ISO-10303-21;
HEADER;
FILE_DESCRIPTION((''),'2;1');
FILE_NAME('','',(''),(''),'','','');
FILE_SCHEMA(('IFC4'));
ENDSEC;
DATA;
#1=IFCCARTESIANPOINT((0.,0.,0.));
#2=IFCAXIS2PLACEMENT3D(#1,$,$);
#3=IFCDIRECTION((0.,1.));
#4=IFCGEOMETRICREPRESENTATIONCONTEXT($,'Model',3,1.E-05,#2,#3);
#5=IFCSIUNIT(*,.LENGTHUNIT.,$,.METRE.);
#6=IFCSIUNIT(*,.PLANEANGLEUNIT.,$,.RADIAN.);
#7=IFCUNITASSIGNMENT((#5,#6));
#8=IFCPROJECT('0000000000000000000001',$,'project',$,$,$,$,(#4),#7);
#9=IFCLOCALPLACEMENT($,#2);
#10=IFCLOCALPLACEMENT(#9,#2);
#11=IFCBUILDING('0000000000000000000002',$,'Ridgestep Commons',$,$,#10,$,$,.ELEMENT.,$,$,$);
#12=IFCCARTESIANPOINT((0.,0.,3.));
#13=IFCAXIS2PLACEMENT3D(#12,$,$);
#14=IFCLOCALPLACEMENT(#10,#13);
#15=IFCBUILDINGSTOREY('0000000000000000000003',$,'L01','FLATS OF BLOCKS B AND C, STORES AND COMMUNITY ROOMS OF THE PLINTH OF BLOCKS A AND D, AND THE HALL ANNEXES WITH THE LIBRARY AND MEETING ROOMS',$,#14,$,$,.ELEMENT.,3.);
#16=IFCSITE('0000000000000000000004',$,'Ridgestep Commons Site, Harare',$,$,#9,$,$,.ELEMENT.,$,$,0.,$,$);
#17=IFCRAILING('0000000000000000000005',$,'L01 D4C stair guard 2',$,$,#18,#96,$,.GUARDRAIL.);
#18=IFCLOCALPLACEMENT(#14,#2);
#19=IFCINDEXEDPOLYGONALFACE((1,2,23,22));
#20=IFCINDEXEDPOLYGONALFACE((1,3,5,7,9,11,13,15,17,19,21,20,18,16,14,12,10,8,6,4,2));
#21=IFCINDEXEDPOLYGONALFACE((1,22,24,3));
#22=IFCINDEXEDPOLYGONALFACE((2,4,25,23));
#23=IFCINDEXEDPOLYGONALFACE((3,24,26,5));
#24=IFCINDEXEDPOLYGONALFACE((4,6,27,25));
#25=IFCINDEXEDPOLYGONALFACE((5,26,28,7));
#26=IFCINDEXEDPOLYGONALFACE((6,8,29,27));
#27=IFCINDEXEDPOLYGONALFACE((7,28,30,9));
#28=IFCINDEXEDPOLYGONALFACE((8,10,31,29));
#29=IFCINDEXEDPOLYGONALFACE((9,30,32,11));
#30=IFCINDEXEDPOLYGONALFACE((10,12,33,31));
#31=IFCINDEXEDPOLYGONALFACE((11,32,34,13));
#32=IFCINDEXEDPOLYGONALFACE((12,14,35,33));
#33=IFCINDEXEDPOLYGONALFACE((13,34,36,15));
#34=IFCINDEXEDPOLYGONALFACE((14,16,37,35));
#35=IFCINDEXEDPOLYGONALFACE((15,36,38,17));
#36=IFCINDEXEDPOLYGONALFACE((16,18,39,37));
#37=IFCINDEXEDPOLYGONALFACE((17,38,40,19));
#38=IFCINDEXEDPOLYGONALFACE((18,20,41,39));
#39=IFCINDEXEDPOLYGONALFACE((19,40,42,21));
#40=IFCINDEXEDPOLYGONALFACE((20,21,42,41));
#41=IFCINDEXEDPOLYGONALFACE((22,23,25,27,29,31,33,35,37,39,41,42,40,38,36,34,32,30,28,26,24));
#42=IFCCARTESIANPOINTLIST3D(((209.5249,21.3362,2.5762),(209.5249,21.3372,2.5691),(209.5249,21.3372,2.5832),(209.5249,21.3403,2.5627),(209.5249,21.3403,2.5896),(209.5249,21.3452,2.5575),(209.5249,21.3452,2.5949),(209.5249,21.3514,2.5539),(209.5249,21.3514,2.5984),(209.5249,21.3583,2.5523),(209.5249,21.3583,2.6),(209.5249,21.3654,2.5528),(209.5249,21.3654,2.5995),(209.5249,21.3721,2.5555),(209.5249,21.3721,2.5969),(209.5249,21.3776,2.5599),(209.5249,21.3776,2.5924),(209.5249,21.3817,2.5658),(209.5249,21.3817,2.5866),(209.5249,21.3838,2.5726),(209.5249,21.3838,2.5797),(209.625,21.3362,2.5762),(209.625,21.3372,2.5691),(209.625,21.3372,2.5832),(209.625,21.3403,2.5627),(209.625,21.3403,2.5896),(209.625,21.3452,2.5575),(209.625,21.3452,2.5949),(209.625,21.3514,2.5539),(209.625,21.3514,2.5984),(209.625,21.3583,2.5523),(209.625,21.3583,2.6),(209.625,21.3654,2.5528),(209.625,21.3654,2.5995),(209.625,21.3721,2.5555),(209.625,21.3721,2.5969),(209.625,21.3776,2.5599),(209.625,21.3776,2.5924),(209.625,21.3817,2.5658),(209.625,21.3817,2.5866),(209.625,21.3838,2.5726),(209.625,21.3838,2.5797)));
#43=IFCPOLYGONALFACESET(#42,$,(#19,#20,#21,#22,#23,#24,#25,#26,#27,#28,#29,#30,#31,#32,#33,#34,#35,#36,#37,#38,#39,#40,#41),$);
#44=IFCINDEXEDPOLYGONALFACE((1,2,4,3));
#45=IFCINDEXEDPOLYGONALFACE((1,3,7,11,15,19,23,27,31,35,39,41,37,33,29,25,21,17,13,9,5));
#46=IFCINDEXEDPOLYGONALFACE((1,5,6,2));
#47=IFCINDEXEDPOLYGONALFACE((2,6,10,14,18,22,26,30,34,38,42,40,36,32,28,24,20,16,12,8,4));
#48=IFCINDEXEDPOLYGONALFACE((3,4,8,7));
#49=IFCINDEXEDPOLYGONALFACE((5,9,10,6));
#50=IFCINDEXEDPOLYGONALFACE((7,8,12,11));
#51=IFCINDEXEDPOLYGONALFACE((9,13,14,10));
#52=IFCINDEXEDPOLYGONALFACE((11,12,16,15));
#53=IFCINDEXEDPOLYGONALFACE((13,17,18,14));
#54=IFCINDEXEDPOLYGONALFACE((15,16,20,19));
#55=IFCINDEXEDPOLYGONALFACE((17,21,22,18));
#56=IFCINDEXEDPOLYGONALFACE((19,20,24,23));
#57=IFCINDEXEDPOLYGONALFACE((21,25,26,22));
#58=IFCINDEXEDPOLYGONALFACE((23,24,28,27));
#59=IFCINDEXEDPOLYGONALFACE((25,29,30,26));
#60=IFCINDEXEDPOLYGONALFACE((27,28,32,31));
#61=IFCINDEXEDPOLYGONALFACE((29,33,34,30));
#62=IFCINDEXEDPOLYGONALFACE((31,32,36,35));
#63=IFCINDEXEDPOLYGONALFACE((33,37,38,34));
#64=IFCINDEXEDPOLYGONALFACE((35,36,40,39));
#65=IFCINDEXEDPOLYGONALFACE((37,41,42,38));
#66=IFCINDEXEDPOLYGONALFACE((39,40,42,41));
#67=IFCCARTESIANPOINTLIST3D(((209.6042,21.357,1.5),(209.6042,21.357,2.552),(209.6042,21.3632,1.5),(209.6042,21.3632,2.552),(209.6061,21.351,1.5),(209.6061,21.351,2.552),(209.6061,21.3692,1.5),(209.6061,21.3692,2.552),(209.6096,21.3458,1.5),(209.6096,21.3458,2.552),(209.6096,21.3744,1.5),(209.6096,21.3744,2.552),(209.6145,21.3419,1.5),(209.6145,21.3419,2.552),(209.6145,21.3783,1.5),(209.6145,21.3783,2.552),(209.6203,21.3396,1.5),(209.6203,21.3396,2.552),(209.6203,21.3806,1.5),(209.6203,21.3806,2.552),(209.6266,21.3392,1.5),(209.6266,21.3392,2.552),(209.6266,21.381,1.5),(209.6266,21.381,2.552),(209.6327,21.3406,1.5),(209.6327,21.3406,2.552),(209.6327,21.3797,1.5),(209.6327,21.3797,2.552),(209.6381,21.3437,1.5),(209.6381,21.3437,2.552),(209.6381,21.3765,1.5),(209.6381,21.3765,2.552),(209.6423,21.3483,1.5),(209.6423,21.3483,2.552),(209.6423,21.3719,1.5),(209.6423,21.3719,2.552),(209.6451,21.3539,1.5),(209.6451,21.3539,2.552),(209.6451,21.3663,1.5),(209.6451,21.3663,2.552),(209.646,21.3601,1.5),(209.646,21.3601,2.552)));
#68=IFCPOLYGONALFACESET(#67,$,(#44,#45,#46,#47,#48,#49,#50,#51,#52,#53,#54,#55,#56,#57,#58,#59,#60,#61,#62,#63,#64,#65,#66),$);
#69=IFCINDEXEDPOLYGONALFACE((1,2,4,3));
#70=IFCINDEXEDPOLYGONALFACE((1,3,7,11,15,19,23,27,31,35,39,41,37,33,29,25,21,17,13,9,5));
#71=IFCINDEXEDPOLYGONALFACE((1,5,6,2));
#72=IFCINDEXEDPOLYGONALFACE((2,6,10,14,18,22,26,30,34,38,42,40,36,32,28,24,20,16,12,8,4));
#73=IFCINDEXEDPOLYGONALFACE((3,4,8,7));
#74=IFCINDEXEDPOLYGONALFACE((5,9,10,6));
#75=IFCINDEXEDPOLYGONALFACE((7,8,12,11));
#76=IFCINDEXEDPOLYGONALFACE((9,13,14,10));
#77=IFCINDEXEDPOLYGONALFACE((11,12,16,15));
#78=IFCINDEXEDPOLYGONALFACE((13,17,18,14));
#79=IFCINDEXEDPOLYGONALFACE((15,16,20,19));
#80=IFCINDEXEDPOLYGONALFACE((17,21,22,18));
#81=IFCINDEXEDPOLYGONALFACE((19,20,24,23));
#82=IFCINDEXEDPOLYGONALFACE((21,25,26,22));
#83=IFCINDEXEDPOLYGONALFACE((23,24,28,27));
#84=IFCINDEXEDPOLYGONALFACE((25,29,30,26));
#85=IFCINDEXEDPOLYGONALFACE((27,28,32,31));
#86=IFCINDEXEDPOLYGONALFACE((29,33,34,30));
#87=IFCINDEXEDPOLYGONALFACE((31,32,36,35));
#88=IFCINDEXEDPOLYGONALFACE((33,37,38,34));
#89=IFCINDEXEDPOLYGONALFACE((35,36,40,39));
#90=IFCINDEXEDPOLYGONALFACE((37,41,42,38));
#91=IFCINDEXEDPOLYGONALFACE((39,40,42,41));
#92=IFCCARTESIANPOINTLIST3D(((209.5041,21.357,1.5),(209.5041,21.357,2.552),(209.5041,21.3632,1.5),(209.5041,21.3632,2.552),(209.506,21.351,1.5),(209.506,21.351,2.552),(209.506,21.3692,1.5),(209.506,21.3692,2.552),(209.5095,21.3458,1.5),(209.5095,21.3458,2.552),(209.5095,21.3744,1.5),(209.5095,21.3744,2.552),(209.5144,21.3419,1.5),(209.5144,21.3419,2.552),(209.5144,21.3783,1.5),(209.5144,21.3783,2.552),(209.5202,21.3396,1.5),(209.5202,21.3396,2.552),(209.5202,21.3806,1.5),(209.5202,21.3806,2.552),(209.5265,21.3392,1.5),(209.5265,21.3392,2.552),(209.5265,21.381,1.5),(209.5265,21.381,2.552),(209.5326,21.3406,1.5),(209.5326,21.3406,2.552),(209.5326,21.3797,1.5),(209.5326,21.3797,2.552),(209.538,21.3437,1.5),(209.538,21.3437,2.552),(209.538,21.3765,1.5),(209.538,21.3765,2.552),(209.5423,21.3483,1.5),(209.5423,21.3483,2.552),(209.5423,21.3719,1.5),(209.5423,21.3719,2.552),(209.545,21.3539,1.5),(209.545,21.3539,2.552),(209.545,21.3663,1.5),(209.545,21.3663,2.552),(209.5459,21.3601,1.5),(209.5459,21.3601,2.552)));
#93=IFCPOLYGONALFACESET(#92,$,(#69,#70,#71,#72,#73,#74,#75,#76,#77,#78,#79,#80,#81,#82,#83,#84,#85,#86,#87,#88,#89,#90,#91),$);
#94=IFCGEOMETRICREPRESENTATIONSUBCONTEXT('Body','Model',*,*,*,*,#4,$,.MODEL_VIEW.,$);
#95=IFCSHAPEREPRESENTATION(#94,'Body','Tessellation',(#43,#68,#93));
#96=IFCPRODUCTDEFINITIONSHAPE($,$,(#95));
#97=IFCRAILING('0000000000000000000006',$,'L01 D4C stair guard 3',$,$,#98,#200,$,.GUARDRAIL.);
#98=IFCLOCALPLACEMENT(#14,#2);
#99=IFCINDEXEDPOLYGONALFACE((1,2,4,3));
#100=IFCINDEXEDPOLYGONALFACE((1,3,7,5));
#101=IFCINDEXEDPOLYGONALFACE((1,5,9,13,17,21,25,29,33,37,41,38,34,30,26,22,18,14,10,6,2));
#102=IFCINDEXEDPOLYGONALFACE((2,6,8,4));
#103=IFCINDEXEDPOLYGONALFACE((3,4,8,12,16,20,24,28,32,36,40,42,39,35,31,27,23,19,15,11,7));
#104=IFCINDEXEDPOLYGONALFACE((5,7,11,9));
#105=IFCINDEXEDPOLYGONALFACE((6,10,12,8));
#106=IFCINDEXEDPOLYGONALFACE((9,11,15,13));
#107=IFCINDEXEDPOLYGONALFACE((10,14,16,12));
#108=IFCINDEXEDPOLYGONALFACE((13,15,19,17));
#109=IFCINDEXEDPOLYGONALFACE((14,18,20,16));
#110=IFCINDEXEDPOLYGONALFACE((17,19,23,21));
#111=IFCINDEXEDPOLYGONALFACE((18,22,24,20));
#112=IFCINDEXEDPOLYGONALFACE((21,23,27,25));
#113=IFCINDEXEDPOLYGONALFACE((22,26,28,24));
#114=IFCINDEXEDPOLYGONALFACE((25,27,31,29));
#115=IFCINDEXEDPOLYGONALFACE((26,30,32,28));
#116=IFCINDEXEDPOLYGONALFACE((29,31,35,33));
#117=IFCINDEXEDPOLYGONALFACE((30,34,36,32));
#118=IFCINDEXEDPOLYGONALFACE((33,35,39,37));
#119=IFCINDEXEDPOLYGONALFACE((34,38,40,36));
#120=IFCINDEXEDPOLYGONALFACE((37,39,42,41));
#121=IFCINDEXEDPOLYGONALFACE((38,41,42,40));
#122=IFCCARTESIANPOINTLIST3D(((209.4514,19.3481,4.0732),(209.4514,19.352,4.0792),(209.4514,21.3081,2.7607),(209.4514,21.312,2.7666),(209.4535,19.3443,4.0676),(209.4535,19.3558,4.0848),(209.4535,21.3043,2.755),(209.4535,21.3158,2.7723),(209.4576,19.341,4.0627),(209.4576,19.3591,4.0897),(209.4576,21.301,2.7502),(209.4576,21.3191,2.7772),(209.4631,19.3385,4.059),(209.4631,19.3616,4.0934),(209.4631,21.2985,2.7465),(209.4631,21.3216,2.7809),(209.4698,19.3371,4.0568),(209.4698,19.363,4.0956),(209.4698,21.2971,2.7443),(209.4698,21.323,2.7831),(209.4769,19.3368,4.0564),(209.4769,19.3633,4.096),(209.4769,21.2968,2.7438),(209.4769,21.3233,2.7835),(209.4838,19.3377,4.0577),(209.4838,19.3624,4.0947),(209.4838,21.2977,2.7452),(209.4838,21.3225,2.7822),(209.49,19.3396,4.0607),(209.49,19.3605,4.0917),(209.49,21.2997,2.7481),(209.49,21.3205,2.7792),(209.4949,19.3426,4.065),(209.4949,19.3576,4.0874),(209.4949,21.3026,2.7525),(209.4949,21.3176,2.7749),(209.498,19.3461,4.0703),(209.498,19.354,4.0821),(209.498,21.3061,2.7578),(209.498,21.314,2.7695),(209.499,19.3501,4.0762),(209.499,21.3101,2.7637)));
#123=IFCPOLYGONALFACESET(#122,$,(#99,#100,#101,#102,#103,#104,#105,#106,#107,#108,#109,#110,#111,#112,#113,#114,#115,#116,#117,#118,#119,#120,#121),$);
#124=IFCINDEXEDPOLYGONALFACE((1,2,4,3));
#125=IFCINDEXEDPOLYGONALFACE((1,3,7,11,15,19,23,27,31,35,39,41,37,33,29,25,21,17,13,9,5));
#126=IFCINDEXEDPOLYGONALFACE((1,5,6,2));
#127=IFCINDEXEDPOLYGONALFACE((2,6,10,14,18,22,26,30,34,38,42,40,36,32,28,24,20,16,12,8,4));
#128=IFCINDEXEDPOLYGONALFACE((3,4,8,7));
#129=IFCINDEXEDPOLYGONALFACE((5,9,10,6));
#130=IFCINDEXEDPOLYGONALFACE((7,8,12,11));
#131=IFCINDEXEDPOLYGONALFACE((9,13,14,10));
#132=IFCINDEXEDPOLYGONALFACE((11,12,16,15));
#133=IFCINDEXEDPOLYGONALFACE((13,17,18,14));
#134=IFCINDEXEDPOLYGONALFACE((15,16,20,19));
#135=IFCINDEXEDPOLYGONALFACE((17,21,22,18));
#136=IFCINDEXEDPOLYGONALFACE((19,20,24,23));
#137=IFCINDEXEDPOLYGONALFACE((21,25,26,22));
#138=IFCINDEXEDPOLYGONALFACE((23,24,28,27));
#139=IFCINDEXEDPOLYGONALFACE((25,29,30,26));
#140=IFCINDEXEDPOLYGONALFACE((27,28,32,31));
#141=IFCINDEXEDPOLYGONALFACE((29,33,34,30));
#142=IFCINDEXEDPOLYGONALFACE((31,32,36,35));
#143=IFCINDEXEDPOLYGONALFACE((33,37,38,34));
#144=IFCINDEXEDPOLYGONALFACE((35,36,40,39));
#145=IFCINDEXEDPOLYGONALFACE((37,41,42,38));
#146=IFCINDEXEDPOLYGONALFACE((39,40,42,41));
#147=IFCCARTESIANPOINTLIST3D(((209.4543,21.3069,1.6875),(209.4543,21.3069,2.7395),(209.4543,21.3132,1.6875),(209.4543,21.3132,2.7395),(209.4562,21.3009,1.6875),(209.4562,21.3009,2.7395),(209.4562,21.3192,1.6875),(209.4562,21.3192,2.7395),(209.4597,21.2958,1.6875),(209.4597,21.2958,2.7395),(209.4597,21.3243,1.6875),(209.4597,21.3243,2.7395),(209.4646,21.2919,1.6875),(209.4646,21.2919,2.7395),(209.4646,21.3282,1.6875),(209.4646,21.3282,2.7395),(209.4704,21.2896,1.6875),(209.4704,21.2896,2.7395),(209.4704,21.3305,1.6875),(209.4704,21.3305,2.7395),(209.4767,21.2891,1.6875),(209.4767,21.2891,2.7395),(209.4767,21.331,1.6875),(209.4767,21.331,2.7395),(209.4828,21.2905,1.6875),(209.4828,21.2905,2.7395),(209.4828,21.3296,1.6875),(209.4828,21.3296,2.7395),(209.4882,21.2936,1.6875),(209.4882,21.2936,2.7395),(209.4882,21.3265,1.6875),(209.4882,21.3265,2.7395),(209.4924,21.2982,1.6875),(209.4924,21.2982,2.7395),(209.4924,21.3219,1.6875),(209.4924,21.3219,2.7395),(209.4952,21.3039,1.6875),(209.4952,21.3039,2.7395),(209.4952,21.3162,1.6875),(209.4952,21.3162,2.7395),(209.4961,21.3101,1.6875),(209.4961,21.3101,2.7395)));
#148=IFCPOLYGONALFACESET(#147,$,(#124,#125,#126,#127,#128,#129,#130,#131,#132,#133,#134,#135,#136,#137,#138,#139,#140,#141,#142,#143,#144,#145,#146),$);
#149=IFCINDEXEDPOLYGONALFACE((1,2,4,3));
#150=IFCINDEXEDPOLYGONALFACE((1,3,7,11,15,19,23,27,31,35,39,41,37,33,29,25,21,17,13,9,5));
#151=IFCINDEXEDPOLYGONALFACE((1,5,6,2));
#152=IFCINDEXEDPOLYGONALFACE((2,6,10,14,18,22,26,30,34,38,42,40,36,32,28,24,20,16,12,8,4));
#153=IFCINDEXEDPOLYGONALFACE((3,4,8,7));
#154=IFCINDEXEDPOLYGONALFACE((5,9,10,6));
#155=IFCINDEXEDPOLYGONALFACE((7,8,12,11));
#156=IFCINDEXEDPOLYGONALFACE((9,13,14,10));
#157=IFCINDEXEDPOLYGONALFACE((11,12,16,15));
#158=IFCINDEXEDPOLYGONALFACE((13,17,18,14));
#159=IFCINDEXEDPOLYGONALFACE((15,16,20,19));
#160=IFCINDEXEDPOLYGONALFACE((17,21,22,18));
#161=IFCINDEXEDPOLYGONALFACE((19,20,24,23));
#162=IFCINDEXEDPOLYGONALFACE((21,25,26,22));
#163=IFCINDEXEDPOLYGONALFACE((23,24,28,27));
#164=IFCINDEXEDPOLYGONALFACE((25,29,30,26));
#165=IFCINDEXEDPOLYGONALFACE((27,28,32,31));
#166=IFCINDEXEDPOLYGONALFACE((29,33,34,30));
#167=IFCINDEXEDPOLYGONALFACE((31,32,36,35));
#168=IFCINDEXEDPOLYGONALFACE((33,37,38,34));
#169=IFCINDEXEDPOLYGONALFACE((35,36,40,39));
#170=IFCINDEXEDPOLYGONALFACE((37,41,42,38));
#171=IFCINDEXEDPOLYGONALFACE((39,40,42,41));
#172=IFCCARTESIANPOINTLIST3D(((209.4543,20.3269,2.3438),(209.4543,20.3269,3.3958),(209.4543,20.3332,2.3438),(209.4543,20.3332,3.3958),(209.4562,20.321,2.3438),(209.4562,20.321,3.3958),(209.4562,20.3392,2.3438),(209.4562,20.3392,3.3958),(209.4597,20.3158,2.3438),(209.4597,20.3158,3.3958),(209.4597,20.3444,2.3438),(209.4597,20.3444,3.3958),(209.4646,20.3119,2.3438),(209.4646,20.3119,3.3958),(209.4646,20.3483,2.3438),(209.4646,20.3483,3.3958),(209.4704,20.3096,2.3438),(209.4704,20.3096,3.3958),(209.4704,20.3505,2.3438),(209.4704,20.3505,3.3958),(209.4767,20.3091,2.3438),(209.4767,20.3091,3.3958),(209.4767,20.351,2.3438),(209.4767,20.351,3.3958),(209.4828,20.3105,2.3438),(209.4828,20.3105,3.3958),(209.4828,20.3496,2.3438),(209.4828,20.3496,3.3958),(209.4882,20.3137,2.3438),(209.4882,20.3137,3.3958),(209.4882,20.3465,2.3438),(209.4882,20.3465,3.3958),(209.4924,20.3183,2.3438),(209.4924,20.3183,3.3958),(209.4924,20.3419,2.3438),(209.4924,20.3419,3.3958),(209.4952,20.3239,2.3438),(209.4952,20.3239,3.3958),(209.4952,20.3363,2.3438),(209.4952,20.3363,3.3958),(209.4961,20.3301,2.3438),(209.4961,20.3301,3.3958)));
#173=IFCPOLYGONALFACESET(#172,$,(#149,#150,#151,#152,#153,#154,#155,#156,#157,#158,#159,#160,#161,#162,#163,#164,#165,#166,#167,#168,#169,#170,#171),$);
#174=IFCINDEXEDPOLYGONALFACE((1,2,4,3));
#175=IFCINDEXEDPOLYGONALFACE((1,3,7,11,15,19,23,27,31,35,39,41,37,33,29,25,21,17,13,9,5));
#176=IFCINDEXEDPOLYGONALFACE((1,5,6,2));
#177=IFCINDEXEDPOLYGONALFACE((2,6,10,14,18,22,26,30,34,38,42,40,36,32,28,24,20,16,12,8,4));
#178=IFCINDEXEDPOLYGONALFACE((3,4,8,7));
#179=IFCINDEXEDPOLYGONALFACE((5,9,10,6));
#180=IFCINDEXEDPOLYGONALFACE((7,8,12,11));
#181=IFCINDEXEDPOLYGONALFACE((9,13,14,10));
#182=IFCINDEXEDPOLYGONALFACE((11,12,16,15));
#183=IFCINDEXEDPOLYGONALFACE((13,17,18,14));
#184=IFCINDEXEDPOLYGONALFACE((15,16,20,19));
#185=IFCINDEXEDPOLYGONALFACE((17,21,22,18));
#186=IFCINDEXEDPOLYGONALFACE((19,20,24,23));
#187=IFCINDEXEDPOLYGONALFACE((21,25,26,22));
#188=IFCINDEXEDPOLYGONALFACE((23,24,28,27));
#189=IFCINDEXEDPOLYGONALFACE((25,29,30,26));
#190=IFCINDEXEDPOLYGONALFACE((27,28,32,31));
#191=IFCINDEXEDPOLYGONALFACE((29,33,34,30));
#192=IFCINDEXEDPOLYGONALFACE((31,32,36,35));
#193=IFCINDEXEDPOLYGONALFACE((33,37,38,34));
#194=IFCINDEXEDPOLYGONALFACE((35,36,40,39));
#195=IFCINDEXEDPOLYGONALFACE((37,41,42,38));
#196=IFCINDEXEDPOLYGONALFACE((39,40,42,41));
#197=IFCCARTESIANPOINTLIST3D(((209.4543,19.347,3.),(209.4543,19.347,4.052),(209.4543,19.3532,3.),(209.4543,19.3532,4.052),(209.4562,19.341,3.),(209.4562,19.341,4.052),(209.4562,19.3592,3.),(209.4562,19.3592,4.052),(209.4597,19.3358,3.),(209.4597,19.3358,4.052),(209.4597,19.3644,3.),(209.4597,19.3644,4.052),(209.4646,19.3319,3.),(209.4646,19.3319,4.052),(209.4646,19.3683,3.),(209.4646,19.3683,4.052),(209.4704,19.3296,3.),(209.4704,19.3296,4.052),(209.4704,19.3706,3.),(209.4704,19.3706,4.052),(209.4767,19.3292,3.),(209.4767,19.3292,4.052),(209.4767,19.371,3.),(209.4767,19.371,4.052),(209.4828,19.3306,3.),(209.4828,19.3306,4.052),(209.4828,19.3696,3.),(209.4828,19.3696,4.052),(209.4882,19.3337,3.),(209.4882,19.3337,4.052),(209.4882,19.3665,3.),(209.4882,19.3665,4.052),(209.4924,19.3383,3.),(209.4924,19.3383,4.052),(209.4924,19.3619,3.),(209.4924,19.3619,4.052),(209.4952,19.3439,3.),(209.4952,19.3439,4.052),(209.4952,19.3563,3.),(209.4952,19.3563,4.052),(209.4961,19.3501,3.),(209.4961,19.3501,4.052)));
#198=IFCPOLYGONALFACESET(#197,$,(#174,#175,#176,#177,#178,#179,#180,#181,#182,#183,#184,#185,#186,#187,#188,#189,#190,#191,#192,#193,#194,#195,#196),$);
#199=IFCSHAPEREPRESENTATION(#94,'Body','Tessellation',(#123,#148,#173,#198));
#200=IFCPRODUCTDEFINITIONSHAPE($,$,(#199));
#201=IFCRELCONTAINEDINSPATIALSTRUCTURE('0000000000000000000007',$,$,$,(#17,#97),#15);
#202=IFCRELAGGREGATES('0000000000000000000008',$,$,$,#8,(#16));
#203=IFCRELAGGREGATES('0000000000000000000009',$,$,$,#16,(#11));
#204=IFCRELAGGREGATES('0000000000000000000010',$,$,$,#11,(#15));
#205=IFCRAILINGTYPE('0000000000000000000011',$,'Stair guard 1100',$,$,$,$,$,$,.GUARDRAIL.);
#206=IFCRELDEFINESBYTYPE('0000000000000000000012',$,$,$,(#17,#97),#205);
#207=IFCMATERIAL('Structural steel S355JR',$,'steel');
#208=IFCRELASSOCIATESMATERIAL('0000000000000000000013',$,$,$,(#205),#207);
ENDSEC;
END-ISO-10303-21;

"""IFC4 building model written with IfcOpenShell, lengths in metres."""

from ifc_helpers import new_model, si_unit, direction, frame, origin, origin_2d, place, context, subcontext, project, spatial, circle, extrude, material, type_object, element, save


model = new_model("IFC4")

# Units and contexts
model_context = context("Model", 3, precision=1e-05, world=origin(), true_north=direction((0.0, 1.0)))
body_context = subcontext(model_context, "Body", "Model", "MODEL_VIEW")
ifc_project = project(units=[si_unit("LENGTHUNIT", "METRE"), si_unit("PLANEANGLEUNIT", "RADIAN")], contexts=[model_context])

# Site, building, storey
site_placement = place(None, origin())
site = spatial("IfcSite", under=ifc_project, at=site_placement, Name="Ridgestep Commons Site, Harare", CompositionType="ELEMENT", RefElevation=0.0)
building_placement = place(site_placement, origin())
building = spatial("IfcBuilding", under=site, at=building_placement, Name="Ridgestep Commons", CompositionType="ELEMENT")
storey_placement = place(building_placement, frame((0.0, 0.0, 3.0)))
storey = spatial("IfcBuildingStorey", under=building, at=storey_placement, Name="L01", Description="FLATS OF BLOCKS B AND C, STORES AND COMMUNITY ROOMS OF THE PLINTH OF BLOCKS A AND D, AND THE HALL ANNEXES WITH THE LIBRARY AND MEETING ROOMS", CompositionType="ELEMENT", Elevation=3.0)

# Railings
ifc_material_1 = material(Name="Structural steel S355JR", Category="steel")
railing_type_1 = type_object("IfcRailingType", Name="Stair guard 1100", PredefinedType="GUARDRAIL", material=ifc_material_1)
railing_1_placement = place(storey_placement, frame((209.625, 21.3601, 1.5)))
element("IfcRailing", 1, at=railing_1_placement, inside=storey, type_object=railing_type_1, Name="L01 D4C stair guard 2", PredefinedType="GUARDRAIL", context=body_context, shape_type="SweptSolid", body=[
    extrude(circle(Radius=0.0239, at=origin_2d()), frame((0.0, 0.0, 1.0762), z_axis=(-1.0, 0.0, 0.0), x_axis=(0.0, -1.0, 0.0)), (0.0, 0.0, 1.0), 0.1001),
    extrude(circle(Radius=0.021, at=origin_2d()), origin(), (0.0, 0.0, 1.0), 1.052),
    extrude(circle(Radius=0.021, at=origin_2d()), frame((-0.1001, 0.0, 0.0)), (0.0, 0.0, 1.0), 1.052),
])
railing_2_placement = place(storey_placement, frame((209.4751, 21.3101, 1.6875)))
element("IfcRailing", 2, at=railing_2_placement, inside=storey, type_object=railing_type_1, Name="L01 D4C stair guard 3", PredefinedType="GUARDRAIL", context=body_context, shape_type="SweptSolid", body=[
    extrude(circle(Radius=0.0239, at=origin_2d()), frame((0.0, 0.0, 1.0762), z_axis=(0.0, -0.830902, 0.556419), x_axis=(1.0, 0.0, 0.0)), (0.0, 0.0, 1.0), 2.3589),
    extrude(circle(Radius=0.021, at=origin_2d()), origin(), (0.0, 0.0, 1.0), 1.052),
    extrude(circle(Radius=0.021, at=origin_2d()), frame((0.0, -0.98, 0.6562)), (0.0, 0.0, 1.0), 1.052),
    extrude(circle(Radius=0.021, at=origin_2d()), frame((0.0, -1.96, 1.3125)), (0.0, 0.0, 1.0), 1.052),
])

save(model, "model.ifc")
